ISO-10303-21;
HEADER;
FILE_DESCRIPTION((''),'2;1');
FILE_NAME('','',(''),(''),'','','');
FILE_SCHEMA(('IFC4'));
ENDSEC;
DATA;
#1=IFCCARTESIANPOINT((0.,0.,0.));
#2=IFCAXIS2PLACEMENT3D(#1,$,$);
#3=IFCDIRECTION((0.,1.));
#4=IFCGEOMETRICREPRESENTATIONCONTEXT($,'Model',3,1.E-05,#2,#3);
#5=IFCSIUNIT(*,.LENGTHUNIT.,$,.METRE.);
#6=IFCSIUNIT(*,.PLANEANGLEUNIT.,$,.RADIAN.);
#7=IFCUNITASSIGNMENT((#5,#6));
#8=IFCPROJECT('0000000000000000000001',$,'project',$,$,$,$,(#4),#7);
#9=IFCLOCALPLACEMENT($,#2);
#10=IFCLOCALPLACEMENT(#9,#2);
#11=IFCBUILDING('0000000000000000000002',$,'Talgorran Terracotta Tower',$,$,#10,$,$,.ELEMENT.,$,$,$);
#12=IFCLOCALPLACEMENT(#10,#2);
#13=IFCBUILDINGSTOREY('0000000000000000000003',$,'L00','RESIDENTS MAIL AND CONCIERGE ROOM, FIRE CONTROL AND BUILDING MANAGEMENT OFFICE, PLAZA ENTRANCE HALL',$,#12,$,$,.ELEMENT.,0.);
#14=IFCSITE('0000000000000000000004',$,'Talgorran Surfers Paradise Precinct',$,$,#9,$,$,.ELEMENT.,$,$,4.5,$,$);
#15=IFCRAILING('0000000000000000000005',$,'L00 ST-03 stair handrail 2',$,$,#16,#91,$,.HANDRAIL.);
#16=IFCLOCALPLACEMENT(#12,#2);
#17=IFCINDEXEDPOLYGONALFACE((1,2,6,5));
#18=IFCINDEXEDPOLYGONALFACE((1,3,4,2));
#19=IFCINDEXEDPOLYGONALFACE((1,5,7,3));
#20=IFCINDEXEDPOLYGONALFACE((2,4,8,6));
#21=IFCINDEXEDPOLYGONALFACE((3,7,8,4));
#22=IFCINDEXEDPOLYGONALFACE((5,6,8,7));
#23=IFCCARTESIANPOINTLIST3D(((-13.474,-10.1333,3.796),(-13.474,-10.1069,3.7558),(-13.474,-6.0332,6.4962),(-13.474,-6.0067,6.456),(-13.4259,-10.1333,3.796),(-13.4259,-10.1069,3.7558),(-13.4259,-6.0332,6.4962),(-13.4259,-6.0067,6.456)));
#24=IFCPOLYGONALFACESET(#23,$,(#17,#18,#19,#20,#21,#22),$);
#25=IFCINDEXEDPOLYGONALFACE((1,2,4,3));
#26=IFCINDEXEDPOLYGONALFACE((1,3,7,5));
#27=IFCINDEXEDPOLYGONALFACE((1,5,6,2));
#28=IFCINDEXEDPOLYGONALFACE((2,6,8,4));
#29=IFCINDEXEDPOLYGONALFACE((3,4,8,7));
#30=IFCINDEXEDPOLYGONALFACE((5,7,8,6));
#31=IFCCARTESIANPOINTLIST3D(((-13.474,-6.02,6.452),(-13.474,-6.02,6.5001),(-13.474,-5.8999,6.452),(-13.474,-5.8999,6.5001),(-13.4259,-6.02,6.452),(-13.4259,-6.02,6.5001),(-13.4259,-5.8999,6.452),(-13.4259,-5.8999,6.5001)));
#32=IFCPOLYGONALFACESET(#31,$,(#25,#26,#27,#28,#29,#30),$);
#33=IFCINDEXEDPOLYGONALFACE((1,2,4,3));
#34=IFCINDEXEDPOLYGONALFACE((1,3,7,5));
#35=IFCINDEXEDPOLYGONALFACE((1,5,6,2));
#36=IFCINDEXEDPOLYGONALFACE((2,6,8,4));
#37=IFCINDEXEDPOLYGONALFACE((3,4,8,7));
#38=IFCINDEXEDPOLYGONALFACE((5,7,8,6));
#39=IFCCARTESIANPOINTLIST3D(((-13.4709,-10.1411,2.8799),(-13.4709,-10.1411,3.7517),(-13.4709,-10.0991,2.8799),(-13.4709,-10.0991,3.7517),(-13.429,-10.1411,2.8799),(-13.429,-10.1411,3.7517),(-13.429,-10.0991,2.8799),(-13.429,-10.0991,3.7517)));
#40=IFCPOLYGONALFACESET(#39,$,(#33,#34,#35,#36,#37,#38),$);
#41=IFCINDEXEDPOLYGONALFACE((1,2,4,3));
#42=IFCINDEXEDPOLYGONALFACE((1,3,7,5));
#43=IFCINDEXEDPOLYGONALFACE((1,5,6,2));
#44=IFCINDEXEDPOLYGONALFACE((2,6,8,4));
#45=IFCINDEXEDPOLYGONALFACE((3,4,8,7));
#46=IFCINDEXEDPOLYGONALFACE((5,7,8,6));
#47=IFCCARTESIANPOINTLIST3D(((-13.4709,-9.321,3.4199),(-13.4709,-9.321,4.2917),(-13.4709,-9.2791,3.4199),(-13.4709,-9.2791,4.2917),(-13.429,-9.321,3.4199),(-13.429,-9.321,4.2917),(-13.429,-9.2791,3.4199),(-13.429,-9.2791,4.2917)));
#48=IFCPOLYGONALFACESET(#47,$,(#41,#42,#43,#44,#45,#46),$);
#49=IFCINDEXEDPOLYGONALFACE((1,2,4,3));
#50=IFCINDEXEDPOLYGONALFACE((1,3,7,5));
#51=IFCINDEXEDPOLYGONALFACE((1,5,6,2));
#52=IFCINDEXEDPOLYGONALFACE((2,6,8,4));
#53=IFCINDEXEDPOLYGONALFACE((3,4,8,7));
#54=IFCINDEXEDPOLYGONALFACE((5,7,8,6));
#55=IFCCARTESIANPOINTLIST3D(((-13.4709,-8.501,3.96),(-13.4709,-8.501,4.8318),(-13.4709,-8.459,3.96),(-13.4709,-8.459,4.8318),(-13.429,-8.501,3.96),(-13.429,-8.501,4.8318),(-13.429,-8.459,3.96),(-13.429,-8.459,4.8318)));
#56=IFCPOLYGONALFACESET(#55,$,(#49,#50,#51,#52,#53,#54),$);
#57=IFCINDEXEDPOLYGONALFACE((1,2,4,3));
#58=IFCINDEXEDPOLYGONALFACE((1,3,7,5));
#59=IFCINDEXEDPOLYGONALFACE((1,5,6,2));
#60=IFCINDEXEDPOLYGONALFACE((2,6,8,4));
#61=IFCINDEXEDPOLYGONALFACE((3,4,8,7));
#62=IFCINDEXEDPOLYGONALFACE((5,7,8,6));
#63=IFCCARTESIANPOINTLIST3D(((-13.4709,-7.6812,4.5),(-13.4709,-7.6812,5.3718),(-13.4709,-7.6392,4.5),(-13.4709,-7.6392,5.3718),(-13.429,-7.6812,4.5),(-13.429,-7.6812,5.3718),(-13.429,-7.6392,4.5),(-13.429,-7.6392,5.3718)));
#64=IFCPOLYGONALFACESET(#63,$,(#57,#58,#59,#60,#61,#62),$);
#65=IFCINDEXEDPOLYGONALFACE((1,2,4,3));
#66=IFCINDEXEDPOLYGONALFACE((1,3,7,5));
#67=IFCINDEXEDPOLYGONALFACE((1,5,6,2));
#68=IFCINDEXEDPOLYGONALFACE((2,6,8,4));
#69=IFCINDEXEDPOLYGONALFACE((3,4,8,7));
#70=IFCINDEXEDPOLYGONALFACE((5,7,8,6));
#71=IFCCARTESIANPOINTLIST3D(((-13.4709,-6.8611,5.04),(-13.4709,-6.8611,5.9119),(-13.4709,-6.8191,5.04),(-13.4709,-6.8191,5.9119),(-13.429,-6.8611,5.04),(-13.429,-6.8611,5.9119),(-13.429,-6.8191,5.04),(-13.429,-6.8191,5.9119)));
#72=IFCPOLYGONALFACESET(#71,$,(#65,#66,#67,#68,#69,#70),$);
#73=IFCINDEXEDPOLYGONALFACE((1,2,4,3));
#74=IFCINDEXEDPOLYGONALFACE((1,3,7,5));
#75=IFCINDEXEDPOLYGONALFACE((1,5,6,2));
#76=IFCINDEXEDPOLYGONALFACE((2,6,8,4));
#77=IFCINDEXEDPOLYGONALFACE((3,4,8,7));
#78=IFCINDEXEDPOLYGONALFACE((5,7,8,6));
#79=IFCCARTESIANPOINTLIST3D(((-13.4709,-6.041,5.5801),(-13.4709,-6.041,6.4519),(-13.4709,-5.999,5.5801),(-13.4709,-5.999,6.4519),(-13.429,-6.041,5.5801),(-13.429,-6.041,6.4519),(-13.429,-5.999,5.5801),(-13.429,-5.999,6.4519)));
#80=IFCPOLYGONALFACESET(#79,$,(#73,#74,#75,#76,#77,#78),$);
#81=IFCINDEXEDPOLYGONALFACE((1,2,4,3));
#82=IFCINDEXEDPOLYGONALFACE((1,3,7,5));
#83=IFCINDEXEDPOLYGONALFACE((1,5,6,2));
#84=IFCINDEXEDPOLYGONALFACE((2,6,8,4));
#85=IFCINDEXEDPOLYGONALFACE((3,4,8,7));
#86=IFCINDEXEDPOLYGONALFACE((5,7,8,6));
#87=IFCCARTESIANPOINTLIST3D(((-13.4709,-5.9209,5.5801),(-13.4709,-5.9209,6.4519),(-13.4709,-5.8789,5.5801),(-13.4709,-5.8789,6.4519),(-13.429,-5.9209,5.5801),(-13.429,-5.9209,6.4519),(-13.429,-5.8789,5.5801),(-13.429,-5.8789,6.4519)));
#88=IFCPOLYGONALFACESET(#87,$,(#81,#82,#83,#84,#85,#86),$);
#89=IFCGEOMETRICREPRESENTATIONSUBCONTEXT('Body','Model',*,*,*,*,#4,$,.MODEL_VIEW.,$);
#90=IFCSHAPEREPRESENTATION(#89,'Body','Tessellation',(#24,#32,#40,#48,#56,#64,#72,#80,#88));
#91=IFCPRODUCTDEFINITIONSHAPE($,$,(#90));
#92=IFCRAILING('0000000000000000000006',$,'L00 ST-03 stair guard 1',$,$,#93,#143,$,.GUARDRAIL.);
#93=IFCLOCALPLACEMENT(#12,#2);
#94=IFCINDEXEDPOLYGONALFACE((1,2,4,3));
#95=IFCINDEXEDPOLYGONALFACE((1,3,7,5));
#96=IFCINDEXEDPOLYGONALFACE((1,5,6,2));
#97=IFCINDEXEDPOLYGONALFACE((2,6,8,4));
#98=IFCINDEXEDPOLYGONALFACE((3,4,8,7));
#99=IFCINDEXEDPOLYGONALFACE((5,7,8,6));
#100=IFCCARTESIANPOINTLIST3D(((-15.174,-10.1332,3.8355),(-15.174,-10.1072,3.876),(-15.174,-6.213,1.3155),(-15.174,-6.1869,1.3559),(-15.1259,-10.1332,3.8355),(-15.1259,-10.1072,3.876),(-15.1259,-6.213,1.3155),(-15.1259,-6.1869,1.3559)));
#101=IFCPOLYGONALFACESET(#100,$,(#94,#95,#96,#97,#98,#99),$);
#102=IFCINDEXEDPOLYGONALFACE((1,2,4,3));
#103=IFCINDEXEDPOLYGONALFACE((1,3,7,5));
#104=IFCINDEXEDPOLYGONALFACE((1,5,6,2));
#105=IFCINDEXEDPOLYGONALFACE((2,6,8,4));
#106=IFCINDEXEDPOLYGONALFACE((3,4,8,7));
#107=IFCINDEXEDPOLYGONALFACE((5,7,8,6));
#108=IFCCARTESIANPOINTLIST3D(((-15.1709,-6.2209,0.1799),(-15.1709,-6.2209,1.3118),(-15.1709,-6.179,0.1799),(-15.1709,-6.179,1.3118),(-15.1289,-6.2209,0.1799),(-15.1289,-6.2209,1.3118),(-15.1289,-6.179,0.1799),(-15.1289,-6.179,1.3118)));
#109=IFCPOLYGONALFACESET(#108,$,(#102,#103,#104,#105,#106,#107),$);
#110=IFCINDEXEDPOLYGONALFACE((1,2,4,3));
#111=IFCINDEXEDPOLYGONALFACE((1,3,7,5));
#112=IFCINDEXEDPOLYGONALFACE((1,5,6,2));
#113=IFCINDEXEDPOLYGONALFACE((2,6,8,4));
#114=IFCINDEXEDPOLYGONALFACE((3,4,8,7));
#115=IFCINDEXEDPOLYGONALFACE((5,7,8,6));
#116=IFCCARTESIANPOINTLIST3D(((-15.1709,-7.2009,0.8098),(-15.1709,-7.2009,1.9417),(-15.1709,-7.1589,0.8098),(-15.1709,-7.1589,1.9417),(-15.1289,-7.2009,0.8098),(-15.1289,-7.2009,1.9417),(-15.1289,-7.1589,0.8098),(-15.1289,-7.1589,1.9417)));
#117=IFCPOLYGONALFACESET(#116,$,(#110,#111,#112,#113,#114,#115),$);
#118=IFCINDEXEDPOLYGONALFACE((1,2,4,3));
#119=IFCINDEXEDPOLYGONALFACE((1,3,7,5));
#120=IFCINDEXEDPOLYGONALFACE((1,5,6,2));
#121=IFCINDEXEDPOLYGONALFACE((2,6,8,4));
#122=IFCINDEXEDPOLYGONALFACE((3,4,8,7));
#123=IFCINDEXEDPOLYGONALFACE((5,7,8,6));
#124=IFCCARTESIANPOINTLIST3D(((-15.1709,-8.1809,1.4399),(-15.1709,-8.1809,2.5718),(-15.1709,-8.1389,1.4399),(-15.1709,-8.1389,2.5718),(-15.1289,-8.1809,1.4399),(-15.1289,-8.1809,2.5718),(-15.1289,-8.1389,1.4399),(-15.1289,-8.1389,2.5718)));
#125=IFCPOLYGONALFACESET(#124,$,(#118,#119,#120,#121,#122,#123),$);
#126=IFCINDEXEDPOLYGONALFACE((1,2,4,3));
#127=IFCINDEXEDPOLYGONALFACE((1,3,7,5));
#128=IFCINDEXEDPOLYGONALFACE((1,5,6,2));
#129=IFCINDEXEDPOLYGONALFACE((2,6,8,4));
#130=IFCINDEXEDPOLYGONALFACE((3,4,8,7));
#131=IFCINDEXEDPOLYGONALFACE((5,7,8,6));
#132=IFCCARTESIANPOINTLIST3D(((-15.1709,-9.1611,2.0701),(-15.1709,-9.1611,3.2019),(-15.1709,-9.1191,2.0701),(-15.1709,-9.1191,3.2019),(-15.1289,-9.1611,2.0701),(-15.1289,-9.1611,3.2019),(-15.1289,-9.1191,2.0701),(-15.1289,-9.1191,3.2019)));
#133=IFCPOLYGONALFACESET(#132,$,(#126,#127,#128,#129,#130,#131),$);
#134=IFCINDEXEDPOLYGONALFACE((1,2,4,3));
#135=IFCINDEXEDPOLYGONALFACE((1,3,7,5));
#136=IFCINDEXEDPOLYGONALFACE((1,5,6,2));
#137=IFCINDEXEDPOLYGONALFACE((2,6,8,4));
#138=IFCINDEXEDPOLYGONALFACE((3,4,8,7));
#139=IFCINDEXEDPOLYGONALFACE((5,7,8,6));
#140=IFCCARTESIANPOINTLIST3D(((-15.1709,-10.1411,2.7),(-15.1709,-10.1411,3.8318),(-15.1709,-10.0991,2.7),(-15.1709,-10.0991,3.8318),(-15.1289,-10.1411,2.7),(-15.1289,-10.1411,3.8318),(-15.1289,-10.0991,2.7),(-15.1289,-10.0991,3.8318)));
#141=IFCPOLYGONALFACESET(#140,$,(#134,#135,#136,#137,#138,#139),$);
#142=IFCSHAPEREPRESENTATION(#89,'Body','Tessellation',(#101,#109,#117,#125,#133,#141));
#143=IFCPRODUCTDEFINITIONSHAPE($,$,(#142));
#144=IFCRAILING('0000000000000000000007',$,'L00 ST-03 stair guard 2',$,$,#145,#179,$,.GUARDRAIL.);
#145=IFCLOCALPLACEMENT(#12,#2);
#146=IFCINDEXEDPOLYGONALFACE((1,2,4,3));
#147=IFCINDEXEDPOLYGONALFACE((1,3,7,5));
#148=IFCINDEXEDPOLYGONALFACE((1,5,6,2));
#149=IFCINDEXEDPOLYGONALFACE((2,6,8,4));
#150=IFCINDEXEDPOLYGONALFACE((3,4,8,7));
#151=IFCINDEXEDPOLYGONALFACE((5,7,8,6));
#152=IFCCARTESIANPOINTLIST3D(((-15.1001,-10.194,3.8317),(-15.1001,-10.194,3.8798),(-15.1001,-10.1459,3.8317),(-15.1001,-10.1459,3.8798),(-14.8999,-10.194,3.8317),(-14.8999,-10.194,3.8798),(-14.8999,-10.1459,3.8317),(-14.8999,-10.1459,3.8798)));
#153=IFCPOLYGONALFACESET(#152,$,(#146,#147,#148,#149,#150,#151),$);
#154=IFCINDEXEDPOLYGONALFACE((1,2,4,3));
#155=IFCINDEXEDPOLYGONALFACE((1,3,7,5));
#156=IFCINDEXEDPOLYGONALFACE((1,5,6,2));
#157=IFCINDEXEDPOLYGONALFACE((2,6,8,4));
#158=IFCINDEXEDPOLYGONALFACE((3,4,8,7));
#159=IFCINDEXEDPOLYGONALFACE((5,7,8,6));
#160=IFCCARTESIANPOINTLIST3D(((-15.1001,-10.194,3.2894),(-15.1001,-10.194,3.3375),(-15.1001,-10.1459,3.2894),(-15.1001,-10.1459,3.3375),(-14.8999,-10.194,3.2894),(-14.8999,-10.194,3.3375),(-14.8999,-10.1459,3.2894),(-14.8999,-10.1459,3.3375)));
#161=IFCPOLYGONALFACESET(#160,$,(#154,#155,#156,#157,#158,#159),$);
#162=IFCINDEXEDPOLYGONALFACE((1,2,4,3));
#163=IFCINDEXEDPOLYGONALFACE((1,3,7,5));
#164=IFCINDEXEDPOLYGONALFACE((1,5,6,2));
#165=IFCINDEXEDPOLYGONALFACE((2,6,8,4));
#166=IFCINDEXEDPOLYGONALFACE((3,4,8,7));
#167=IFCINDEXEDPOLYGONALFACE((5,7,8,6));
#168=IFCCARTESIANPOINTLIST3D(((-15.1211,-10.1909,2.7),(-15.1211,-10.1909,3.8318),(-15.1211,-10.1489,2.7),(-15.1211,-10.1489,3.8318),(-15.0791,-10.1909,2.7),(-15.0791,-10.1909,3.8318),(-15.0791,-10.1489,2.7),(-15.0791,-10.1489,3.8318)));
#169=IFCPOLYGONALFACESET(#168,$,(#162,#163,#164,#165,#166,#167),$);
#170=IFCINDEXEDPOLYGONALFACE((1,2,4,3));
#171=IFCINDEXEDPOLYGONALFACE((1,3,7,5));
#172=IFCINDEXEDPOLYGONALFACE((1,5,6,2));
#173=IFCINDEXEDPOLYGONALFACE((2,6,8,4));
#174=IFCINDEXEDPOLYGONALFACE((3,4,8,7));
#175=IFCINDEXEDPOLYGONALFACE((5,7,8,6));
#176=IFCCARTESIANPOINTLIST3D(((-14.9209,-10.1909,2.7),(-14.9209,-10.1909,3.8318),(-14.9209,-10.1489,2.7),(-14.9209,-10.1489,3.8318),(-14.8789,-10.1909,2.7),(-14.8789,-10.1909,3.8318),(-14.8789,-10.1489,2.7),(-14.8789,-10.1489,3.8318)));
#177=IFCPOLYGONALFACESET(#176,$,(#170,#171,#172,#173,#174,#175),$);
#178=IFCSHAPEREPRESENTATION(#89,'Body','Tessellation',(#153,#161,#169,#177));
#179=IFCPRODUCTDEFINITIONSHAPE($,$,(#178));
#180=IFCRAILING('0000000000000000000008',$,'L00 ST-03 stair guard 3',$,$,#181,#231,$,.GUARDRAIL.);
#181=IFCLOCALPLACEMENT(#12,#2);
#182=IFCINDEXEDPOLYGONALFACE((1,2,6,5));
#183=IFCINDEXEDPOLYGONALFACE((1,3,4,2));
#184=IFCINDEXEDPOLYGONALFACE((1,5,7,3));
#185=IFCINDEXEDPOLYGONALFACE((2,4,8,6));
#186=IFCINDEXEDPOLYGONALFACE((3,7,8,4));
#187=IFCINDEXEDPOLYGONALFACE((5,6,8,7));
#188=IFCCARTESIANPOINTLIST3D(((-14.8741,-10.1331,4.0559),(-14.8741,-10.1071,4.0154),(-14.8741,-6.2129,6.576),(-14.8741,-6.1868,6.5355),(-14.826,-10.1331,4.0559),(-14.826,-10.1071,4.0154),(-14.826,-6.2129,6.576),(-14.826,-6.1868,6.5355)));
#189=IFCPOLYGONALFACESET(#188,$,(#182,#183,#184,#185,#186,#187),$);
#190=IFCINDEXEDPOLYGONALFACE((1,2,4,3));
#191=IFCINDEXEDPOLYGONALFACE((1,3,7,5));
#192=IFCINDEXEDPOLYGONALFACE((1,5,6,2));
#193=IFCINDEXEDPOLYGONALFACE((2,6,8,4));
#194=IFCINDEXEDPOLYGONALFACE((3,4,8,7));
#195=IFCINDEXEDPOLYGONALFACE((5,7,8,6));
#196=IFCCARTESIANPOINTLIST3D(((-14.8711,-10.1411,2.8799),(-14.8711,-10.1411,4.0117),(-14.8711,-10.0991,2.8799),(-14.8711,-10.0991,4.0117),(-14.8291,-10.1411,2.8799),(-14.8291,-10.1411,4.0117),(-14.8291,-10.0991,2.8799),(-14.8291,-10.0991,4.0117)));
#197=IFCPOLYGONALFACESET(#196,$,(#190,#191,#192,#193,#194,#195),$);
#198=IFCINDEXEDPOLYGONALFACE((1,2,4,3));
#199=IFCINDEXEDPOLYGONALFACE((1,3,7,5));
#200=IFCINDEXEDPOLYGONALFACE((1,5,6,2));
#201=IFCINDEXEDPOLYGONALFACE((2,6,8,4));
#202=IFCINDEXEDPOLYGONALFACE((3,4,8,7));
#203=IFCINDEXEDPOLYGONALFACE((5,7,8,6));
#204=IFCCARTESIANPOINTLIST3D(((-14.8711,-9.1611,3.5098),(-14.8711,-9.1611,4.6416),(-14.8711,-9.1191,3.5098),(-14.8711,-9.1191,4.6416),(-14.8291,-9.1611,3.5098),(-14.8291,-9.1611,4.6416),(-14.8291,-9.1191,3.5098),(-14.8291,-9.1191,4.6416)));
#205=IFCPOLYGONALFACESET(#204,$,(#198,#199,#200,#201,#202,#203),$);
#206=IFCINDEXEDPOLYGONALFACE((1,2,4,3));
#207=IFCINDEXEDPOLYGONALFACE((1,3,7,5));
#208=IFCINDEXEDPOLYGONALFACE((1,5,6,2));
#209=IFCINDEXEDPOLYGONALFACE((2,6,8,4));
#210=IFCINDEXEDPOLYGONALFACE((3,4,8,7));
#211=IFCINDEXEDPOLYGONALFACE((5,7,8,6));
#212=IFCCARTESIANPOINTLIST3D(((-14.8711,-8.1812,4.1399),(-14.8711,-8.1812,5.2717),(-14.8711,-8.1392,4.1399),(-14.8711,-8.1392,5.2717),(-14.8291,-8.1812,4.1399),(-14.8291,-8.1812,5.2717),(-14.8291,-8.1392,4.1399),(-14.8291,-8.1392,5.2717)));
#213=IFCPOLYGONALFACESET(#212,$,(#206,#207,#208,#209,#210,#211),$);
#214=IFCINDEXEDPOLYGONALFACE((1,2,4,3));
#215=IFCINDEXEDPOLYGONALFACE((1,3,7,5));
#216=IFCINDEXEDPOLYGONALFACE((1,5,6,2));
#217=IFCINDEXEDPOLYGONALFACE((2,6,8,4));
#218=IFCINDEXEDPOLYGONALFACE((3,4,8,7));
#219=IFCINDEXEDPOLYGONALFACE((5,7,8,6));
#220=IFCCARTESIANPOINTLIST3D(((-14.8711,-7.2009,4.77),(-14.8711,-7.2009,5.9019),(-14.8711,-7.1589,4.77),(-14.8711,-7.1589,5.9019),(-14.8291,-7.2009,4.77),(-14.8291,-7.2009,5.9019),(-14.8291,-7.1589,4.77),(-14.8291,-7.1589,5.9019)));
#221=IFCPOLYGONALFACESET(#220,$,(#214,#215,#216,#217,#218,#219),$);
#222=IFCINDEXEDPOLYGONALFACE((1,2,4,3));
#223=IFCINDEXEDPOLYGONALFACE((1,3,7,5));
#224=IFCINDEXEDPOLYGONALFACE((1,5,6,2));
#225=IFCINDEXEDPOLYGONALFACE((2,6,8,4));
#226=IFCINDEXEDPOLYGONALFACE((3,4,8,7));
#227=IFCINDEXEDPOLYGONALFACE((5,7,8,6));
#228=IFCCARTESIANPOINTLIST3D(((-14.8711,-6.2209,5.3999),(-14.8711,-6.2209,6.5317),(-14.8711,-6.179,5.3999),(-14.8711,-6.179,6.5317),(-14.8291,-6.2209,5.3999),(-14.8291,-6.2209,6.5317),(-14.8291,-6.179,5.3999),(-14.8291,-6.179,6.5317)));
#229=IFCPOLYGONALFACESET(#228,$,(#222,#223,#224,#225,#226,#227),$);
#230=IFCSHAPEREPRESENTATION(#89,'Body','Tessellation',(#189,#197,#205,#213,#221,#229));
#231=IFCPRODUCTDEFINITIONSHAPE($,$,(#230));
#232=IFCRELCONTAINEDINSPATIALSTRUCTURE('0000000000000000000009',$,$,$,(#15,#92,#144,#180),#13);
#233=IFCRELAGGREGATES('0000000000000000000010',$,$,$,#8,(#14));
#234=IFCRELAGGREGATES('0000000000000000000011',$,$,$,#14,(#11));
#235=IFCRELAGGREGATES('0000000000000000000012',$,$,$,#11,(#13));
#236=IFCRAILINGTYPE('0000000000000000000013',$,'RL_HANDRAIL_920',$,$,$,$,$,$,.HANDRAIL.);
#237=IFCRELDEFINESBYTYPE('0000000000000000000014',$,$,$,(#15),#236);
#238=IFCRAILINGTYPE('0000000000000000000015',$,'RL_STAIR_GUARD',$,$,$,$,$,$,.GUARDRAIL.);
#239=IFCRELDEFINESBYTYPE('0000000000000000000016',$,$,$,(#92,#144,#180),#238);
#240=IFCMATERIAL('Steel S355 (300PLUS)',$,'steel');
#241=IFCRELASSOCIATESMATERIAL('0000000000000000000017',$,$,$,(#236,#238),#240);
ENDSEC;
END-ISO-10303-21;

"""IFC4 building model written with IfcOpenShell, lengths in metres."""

from ifc_helpers import new_model, si_unit, direction, frame, origin, origin_2d, place, context, subcontext, project, spatial, rectangle, extrude, material, type_object, element, save


model = new_model("IFC4")

# Units and contexts
model_context = context("Model", 3, precision=1e-05, world=origin(), true_north=direction((0.0, 1.0)))
body_context = subcontext(model_context, "Body", "Model", "MODEL_VIEW")
ifc_project = project(units=[si_unit("LENGTHUNIT", "METRE"), si_unit("PLANEANGLEUNIT", "RADIAN")], contexts=[model_context])

# Site, building, storey
site_placement = place(None, origin())
site = spatial("IfcSite", under=ifc_project, at=site_placement, Name="Talgorran Surfers Paradise Precinct", CompositionType="ELEMENT", RefElevation=4.5)
building_placement = place(site_placement, origin())
building = spatial("IfcBuilding", under=site, at=building_placement, Name="Talgorran Terracotta Tower", CompositionType="ELEMENT")
storey_placement = place(building_placement, origin())
storey = spatial("IfcBuildingStorey", under=building, at=storey_placement, Name="L00", Description="RESIDENTS MAIL AND CONCIERGE ROOM, FIRE CONTROL AND BUILDING MANAGEMENT OFFICE, PLAZA ENTRANCE HALL", CompositionType="ELEMENT", Elevation=0.0)

# Shared definitions
ifc_material_1 = material(Name="Steel S355 (300PLUS)", Category="steel")

# Railings
railing_type_1 = type_object("IfcRailingType", Name="RL_HANDRAIL_920", PredefinedType="HANDRAIL", material=ifc_material_1)
railing_1_placement = place(storey_placement, frame((-13.45, -10.1201, 2.8799)))
element("IfcRailing", 1, at=railing_1_placement, inside=storey, type_object=railing_type_1, Name="L00 ST-03 stair handrail 2", PredefinedType="HANDRAIL", context=body_context, shape_type="SweptSolid", body=[
    extrude(rectangle(XDim=0.0481, YDim=0.0481, at=origin_2d()), frame((0.0, 0.0, 0.896), z_axis=(0.0, 0.835159, 0.550009), x_axis=(-1.0, 0.0, 0.0)), (0.0, 0.0, 1.0), 4.9094),
    extrude(rectangle(XDim=0.0481, YDim=0.0481, at=origin_2d()), frame((0.0, 4.1001, 3.5962), z_axis=(0.0, 1.0, 0.0), x_axis=(-1.0, 0.0, 0.0)), (0.0, 0.0, 1.0), 0.1201),
    extrude(rectangle(XDim=0.042, YDim=0.042, at=origin_2d()), origin(), (0.0, 0.0, 1.0), 0.8718),
    extrude(rectangle(XDim=0.042, YDim=0.042, at=origin_2d()), frame((0.0, 0.8201, 0.54)), (0.0, 0.0, 1.0), 0.8718),
    extrude(rectangle(XDim=0.042, YDim=0.042, at=origin_2d()), frame((0.0, 1.6401, 1.0801)), (0.0, 0.0, 1.0), 0.8718),
    extrude(rectangle(XDim=0.042, YDim=0.042, at=origin_2d()), frame((0.0, 2.46, 1.6201)), (0.0, 0.0, 1.0), 0.8718),
    extrude(rectangle(XDim=0.042, YDim=0.042, at=origin_2d()), frame((0.0, 3.28, 2.1602)), (0.0, 0.0, 1.0), 0.8718),
    extrude(rectangle(XDim=0.042, YDim=0.042, at=origin_2d()), frame((0.0, 4.1001, 2.7002)), (0.0, 0.0, 1.0), 0.8718),
    extrude(rectangle(XDim=0.042, YDim=0.042, at=origin_2d()), frame((0.0, 4.2202, 2.7002)), (0.0, 0.0, 1.0), 0.8718),
])
railing_type_2 = type_object("IfcRailingType", Name="RL_STAIR_GUARD", PredefinedType="GUARDRAIL", material=ifc_material_1)
railing_2_placement = place(storey_placement, frame((-15.1499, -6.2, 0.1799)))
element("IfcRailing", 2, at=railing_2_placement, inside=storey, type_object=railing_type_2, Name="L00 ST-03 stair guard 1", PredefinedType="GUARDRAIL", context=body_context, shape_type="SweptSolid", body=[
    extrude(rectangle(XDim=0.0481, YDim=0.0481, at=origin_2d()), frame((0.0, 0.0, 1.1558), z_axis=(0.0, -0.841187, 0.540744), x_axis=(1.0, 0.0, 0.0)), (0.0, 0.0, 1.0), 4.6604),
    extrude(rectangle(XDim=0.042, YDim=0.042, at=origin_2d()), origin(), (0.0, 0.0, 1.0), 1.1318),
    extrude(rectangle(XDim=0.042, YDim=0.042, at=origin_2d()), frame((0.0, -0.98, 0.6299)), (0.0, 0.0, 1.0), 1.1318),
    extrude(rectangle(XDim=0.042, YDim=0.042, at=origin_2d()), frame((0.0, -1.96, 1.26)), (0.0, 0.0, 1.0), 1.1318),
    extrude(rectangle(XDim=0.042, YDim=0.042, at=origin_2d()), frame((0.0, -2.9402, 1.8901)), (0.0, 0.0, 1.0), 1.1318),
    extrude(rectangle(XDim=0.042, YDim=0.042, at=origin_2d()), frame((0.0, -3.9202, 2.52)), (0.0, 0.0, 1.0), 1.1318),
])
railing_3_placement = place(storey_placement, frame((-15.1001, -10.1699, 2.7)))
element("IfcRailing", 3, at=railing_3_placement, inside=storey, type_object=railing_type_2, Name="L00 ST-03 stair guard 2", PredefinedType="GUARDRAIL", context=body_context, shape_type="SweptSolid", body=[
    extrude(rectangle(XDim=0.0481, YDim=0.0481, at=origin_2d()), frame((0.0, 0.0, 1.1558), z_axis=(1.0, 0.0, 0.0), x_axis=(0.0, 1.0, 0.0)), (0.0, 0.0, 1.0), 0.2002),
    extrude(rectangle(XDim=0.0481, YDim=0.0481, at=origin_2d()), frame((0.0, 0.0, 0.6135), z_axis=(1.0, 0.0, 0.0), x_axis=(0.0, 1.0, 0.0)), (0.0, 0.0, 1.0), 0.2002),
    extrude(rectangle(XDim=0.042, YDim=0.042, at=origin_2d()), origin(), (0.0, 0.0, 1.0), 1.1318),
    extrude(rectangle(XDim=0.042, YDim=0.042, at=origin_2d()), frame((0.2002, 0.0, 0.0)), (0.0, 0.0, 1.0), 1.1318),
])
railing_4_placement = place(storey_placement, frame((-14.8501, -10.1201, 2.8799)))
element("IfcRailing", 4, at=railing_4_placement, inside=storey, type_object=railing_type_2, Name="L00 ST-03 stair guard 3", PredefinedType="GUARDRAIL", context=body_context, shape_type="SweptSolid", body=[
    extrude(rectangle(XDim=0.0481, YDim=0.0481, at=origin_2d()), frame((0.0, 0.0, 1.1558), z_axis=(0.0, 0.841187, 0.540744), x_axis=(-1.0, 0.0, 0.0)), (0.0, 0.0, 1.0), 4.6604),
    extrude(rectangle(XDim=0.042, YDim=0.042, at=origin_2d()), origin(), (0.0, 0.0, 1.0), 1.1318),
    extrude(rectangle(XDim=0.042, YDim=0.042, at=origin_2d()), frame((0.0, 0.98, 0.6299)), (0.0, 0.0, 1.0), 1.1318),
    extrude(rectangle(XDim=0.042, YDim=0.042, at=origin_2d()), frame((0.0, 1.96, 1.26)), (0.0, 0.0, 1.0), 1.1318),
    extrude(rectangle(XDim=0.042, YDim=0.042, at=origin_2d()), frame((0.0, 2.9402, 1.8901)), (0.0, 0.0, 1.0), 1.1318),
    extrude(rectangle(XDim=0.042, YDim=0.042, at=origin_2d()), frame((0.0, 3.9202, 2.52)), (0.0, 0.0, 1.0), 1.1318),
])

save(model, "model.ifc")
